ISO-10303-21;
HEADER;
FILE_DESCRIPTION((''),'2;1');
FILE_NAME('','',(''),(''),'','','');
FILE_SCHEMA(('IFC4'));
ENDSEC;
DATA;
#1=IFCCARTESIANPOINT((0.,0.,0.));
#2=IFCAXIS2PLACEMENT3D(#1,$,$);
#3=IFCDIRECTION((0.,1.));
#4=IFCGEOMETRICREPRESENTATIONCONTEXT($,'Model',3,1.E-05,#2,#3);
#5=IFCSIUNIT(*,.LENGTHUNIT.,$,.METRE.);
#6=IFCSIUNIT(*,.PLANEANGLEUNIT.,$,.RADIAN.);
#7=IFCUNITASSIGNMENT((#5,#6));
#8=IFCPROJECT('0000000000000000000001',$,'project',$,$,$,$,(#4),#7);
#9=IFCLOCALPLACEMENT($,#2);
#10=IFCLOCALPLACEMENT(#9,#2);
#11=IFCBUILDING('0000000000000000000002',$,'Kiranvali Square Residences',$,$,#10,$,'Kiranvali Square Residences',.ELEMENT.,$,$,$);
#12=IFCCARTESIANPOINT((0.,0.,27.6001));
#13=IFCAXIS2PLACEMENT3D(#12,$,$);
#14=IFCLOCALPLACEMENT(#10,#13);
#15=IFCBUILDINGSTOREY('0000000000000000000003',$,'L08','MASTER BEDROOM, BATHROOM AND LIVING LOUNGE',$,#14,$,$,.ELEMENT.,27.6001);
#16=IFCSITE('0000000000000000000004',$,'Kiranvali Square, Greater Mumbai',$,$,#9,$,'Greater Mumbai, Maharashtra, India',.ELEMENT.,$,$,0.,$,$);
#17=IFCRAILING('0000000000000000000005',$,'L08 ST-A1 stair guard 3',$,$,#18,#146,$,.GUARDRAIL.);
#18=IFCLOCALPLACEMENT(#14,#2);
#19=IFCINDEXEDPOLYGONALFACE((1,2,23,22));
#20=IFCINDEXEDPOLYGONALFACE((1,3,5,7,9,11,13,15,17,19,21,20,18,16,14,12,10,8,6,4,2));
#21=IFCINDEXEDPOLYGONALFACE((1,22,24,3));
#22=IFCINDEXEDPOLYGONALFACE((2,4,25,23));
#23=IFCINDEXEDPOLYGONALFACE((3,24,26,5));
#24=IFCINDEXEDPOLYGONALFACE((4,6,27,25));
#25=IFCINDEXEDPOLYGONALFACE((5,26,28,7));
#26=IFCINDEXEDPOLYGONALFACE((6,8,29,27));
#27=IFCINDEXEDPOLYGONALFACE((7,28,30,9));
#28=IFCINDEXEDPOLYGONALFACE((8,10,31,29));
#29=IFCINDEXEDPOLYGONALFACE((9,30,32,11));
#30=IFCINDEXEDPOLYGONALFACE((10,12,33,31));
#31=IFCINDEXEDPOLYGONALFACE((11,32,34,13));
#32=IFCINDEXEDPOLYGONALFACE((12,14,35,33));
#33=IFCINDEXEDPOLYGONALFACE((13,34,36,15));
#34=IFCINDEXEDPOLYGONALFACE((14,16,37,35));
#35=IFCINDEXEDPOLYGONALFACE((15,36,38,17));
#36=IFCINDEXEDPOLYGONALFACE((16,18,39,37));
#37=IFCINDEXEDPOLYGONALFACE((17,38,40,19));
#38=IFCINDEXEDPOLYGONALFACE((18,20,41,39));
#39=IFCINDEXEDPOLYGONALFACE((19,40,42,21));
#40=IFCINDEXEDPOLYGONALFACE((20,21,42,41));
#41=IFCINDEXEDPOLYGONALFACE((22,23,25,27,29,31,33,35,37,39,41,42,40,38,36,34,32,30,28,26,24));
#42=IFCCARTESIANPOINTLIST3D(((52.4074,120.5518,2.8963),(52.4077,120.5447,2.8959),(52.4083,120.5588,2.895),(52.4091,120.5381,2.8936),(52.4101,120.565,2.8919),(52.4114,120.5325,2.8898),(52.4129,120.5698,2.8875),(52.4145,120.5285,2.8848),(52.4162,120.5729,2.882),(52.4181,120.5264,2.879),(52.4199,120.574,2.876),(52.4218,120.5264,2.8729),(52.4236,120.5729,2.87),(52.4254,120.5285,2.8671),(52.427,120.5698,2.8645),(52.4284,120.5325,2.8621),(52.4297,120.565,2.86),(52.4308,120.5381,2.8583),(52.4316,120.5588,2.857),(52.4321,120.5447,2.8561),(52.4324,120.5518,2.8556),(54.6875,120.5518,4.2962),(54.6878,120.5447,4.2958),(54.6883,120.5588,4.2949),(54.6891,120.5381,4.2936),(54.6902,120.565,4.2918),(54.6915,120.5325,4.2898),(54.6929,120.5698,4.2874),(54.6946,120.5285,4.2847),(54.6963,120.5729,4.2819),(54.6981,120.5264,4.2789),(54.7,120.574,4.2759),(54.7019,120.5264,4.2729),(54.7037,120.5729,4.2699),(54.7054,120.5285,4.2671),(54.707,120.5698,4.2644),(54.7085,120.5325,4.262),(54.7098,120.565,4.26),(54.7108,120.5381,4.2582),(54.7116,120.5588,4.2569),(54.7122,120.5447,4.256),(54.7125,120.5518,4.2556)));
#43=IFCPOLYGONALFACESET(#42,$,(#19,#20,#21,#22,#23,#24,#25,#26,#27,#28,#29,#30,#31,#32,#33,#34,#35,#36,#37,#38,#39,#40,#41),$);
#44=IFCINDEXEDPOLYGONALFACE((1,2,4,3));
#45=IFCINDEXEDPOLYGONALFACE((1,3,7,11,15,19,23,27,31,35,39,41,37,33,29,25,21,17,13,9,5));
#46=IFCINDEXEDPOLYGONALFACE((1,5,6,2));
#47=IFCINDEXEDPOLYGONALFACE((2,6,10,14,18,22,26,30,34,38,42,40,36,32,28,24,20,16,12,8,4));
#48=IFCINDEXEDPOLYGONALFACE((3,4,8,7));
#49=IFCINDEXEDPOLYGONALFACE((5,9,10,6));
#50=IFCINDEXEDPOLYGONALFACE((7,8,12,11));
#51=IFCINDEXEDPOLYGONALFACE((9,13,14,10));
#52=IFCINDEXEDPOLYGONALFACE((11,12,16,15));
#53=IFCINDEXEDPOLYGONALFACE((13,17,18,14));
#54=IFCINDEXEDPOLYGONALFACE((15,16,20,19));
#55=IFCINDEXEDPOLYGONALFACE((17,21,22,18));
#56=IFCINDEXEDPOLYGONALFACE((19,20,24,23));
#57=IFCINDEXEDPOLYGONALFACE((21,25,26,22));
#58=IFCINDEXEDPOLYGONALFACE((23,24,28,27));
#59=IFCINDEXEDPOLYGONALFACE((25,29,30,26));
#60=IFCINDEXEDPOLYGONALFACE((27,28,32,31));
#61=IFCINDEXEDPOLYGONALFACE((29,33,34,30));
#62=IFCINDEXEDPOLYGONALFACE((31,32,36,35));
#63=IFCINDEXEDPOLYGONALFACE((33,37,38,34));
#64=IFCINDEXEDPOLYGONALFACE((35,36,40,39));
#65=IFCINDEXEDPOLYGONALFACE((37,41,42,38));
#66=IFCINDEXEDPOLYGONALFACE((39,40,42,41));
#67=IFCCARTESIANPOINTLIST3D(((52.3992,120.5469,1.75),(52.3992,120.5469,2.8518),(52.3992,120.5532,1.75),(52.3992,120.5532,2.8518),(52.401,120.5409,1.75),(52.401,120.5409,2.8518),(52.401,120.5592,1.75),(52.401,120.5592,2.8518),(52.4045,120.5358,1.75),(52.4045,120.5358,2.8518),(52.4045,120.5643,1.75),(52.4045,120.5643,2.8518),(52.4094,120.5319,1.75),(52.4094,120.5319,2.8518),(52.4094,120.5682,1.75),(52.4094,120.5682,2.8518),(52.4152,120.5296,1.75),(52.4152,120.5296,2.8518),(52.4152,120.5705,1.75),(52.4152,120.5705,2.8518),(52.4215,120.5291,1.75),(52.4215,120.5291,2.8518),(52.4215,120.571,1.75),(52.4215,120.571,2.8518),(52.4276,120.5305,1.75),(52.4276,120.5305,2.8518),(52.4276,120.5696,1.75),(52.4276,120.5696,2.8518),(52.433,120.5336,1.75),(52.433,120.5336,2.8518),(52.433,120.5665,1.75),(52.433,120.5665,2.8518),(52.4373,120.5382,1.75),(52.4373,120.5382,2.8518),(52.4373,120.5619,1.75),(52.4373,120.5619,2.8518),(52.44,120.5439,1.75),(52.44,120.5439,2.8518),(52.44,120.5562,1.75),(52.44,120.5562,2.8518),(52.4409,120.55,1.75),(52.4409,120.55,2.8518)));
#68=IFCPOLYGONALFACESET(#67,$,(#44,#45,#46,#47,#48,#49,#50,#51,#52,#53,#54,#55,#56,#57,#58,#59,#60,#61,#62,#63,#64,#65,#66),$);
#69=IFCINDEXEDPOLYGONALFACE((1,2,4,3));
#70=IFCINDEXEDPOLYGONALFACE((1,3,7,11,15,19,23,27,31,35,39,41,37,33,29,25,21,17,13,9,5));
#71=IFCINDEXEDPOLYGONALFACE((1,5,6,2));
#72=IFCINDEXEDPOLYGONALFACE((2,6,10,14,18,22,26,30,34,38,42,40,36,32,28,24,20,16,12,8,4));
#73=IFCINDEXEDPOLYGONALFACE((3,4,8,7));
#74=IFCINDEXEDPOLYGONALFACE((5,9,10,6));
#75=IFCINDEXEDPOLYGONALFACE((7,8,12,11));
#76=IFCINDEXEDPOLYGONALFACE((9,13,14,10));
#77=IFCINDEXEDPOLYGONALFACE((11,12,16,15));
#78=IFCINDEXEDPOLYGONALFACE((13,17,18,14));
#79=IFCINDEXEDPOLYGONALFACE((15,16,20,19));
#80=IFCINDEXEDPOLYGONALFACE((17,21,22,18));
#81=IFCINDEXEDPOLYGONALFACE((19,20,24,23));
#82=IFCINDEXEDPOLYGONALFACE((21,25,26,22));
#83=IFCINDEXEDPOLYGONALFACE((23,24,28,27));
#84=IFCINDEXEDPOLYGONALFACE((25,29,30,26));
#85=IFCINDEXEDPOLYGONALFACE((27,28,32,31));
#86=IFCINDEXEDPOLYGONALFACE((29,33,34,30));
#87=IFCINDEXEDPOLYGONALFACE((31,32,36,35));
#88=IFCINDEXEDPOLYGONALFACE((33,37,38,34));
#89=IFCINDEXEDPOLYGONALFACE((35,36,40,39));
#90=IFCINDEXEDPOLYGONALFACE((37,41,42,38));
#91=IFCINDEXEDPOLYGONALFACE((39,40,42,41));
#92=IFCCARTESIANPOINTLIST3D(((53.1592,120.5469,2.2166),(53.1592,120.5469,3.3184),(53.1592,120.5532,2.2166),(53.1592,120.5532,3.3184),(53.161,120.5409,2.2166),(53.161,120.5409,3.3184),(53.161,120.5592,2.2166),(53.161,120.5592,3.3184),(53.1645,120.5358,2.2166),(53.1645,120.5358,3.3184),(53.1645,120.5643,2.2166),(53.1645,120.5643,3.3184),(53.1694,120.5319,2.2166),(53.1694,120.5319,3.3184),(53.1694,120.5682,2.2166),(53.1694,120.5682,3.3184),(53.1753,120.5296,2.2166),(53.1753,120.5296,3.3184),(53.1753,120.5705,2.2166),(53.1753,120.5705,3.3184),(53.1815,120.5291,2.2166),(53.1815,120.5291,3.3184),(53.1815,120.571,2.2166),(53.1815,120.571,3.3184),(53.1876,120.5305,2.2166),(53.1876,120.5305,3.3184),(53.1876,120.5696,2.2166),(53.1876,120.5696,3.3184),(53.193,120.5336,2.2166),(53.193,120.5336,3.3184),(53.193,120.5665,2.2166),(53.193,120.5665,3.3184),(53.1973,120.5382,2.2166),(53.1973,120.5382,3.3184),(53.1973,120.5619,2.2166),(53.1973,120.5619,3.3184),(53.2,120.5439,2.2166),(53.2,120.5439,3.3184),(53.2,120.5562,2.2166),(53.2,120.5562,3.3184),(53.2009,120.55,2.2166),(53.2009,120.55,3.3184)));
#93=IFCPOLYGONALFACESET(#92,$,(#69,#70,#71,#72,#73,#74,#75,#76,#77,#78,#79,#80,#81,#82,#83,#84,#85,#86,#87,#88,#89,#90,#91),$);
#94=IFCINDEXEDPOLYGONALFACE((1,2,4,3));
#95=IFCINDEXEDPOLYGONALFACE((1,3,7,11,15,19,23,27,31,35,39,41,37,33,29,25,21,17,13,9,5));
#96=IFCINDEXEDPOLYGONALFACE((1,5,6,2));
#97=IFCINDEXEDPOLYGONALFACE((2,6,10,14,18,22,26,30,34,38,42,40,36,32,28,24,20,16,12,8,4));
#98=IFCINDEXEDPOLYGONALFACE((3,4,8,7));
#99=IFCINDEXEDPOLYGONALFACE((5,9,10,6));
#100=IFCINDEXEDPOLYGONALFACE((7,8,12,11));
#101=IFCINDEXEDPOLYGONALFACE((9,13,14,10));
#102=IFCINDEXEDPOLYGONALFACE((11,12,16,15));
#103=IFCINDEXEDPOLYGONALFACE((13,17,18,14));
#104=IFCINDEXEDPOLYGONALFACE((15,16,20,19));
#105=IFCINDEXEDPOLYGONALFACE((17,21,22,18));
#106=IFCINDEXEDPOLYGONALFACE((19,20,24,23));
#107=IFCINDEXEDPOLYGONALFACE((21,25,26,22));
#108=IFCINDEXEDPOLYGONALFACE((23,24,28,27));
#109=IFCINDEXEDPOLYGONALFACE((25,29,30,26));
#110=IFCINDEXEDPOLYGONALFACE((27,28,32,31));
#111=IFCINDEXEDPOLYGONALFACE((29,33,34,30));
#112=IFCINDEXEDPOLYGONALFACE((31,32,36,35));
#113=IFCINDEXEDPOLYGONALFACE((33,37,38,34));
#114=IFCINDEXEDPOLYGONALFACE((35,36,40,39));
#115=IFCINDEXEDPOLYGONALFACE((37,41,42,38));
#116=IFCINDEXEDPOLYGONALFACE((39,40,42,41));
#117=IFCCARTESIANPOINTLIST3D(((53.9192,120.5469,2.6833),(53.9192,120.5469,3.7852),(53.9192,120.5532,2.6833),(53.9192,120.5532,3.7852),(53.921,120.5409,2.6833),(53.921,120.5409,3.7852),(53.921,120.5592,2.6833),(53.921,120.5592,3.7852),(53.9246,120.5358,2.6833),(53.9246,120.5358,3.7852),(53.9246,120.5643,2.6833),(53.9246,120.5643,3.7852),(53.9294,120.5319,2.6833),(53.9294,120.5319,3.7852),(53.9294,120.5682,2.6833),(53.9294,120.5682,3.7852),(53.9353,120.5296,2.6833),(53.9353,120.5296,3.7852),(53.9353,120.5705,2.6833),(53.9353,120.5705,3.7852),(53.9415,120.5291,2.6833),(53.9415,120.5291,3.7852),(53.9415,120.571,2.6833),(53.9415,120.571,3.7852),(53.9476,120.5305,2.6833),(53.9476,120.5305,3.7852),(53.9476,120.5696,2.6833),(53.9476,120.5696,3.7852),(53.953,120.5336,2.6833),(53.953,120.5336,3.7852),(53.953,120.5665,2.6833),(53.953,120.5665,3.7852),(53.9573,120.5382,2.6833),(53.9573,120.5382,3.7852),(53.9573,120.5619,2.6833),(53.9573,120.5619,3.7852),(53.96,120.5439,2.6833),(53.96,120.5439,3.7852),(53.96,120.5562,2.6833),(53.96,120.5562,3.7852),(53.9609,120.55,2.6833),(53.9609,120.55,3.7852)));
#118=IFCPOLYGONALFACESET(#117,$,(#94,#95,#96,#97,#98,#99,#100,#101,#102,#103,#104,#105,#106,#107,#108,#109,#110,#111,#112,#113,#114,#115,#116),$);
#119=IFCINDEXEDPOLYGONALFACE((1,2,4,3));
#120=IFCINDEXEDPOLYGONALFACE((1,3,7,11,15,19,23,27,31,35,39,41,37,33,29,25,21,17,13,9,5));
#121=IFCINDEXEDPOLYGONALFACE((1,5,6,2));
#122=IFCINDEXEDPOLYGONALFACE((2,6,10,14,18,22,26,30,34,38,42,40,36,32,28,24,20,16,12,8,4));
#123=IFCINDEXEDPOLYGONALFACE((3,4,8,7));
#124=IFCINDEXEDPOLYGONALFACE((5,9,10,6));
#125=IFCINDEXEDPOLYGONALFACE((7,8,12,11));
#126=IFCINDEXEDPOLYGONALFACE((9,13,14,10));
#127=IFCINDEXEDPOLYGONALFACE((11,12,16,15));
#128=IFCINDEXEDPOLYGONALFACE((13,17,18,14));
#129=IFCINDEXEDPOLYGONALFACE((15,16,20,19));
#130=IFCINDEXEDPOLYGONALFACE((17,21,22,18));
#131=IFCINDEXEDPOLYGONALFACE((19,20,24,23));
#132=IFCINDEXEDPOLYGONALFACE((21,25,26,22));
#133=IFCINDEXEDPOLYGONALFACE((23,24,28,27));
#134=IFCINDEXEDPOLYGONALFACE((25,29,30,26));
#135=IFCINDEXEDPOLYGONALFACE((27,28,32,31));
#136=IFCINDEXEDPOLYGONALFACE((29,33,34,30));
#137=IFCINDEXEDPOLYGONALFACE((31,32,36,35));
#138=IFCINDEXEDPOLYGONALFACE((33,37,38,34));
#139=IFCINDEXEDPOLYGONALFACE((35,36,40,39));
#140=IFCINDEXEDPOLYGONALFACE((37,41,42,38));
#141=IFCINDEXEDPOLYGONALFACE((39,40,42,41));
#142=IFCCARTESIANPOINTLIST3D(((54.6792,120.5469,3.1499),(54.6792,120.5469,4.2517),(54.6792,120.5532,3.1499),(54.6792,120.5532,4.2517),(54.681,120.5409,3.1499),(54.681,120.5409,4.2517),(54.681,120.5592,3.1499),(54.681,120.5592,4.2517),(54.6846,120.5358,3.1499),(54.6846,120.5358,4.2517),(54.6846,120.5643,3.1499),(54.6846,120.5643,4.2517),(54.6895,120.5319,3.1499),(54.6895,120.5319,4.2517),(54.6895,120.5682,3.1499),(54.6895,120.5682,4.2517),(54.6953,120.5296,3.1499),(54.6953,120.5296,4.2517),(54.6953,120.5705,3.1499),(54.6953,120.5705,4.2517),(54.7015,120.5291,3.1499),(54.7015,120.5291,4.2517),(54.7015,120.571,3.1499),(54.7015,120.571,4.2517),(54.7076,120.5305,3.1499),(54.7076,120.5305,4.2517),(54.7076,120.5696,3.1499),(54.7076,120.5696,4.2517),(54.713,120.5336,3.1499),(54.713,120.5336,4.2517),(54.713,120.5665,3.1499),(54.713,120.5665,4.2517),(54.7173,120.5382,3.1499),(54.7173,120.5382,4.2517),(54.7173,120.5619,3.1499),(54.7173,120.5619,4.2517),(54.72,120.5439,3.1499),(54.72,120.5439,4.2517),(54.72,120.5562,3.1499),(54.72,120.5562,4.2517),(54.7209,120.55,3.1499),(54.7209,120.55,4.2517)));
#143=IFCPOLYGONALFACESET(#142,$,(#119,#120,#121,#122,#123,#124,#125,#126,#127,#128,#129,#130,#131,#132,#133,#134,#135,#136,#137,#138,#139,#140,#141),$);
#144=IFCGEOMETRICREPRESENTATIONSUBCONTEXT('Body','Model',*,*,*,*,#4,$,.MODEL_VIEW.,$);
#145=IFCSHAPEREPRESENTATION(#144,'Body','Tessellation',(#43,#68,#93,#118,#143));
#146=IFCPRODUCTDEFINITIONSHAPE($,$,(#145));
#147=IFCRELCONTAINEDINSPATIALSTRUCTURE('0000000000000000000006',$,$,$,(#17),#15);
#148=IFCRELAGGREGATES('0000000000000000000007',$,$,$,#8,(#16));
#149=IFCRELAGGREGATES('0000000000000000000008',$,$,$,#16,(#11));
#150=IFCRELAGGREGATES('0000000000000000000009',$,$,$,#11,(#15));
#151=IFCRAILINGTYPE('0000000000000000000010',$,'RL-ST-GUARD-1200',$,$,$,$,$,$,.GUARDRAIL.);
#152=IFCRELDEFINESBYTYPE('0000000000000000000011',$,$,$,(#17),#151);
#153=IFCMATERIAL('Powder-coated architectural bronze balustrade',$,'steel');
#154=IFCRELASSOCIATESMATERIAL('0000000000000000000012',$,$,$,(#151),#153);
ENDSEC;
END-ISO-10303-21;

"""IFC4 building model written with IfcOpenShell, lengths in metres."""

from ifc_helpers import new_model, si_unit, direction, frame, origin, origin_2d, place, context, subcontext, project, spatial, circle, extrude, material, type_object, element, save


model = new_model("IFC4")

# Units and contexts
model_context = context("Model", 3, precision=1e-05, world=origin(), true_north=direction((0.0, 1.0)))
body_context = subcontext(model_context, "Body", "Model", "MODEL_VIEW")
ifc_project = project(units=[si_unit("LENGTHUNIT", "METRE"), si_unit("PLANEANGLEUNIT", "RADIAN")], contexts=[model_context])

# Site, building, storey
site_placement = place(None, origin())
site = spatial("IfcSite", under=ifc_project, at=site_placement, Name="Kiranvali Square, Greater Mumbai", LongName="Greater Mumbai, Maharashtra, India", CompositionType="ELEMENT", RefElevation=0.0)
building_placement = place(site_placement, origin())
building = spatial("IfcBuilding", under=site, at=building_placement, Name="Kiranvali Square Residences", LongName="Kiranvali Square Residences", CompositionType="ELEMENT")
storey_placement = place(building_placement, frame((0.0, 0.0, 27.6001)))
storey = spatial("IfcBuildingStorey", under=building, at=storey_placement, Name="L08", Description="MASTER BEDROOM, BATHROOM AND LIVING LOUNGE", CompositionType="ELEMENT", Elevation=27.6001)

# Railing
ifc_material_1 = material(Name="Powder-coated architectural bronze balustrade", Category="steel")
railing_type_1 = type_object("IfcRailingType", Name="RL-ST-GUARD-1200", PredefinedType="GUARDRAIL", material=ifc_material_1)
railing_1_placement = place(storey_placement, frame((52.4199, 120.55, 1.75)))
element("IfcRailing", 1, at=railing_1_placement, inside=storey, type_object=railing_type_1, Name="L08 ST-A1 stair guard 3", PredefinedType="GUARDRAIL", context=body_context, shape_type="SweptSolid", body=[
    extrude(circle(Radius=0.0239, at=origin_2d()), frame((0.0, 0.0, 1.126), z_axis=(0.85219, 0.0, 0.523232), x_axis=(0.0, 1.0, 0.0)), (0.0, 0.0, 1.0), 2.6755),
    extrude(circle(Radius=0.021, at=origin_2d()), origin(), (0.0, 0.0, 1.0), 1.1018),
    extrude(circle(Radius=0.021, at=origin_2d()), frame((0.76, 0.0, 0.4666)), (0.0, 0.0, 1.0), 1.1018),
    extrude(circle(Radius=0.021, at=origin_2d()), frame((1.52, 0.0, 0.9333)), (0.0, 0.0, 1.0), 1.1018),
    extrude(circle(Radius=0.021, at=origin_2d()), frame((2.28, 0.0, 1.3999)), (0.0, 0.0, 1.0), 1.1018),
])

save(model, "model.ifc")
